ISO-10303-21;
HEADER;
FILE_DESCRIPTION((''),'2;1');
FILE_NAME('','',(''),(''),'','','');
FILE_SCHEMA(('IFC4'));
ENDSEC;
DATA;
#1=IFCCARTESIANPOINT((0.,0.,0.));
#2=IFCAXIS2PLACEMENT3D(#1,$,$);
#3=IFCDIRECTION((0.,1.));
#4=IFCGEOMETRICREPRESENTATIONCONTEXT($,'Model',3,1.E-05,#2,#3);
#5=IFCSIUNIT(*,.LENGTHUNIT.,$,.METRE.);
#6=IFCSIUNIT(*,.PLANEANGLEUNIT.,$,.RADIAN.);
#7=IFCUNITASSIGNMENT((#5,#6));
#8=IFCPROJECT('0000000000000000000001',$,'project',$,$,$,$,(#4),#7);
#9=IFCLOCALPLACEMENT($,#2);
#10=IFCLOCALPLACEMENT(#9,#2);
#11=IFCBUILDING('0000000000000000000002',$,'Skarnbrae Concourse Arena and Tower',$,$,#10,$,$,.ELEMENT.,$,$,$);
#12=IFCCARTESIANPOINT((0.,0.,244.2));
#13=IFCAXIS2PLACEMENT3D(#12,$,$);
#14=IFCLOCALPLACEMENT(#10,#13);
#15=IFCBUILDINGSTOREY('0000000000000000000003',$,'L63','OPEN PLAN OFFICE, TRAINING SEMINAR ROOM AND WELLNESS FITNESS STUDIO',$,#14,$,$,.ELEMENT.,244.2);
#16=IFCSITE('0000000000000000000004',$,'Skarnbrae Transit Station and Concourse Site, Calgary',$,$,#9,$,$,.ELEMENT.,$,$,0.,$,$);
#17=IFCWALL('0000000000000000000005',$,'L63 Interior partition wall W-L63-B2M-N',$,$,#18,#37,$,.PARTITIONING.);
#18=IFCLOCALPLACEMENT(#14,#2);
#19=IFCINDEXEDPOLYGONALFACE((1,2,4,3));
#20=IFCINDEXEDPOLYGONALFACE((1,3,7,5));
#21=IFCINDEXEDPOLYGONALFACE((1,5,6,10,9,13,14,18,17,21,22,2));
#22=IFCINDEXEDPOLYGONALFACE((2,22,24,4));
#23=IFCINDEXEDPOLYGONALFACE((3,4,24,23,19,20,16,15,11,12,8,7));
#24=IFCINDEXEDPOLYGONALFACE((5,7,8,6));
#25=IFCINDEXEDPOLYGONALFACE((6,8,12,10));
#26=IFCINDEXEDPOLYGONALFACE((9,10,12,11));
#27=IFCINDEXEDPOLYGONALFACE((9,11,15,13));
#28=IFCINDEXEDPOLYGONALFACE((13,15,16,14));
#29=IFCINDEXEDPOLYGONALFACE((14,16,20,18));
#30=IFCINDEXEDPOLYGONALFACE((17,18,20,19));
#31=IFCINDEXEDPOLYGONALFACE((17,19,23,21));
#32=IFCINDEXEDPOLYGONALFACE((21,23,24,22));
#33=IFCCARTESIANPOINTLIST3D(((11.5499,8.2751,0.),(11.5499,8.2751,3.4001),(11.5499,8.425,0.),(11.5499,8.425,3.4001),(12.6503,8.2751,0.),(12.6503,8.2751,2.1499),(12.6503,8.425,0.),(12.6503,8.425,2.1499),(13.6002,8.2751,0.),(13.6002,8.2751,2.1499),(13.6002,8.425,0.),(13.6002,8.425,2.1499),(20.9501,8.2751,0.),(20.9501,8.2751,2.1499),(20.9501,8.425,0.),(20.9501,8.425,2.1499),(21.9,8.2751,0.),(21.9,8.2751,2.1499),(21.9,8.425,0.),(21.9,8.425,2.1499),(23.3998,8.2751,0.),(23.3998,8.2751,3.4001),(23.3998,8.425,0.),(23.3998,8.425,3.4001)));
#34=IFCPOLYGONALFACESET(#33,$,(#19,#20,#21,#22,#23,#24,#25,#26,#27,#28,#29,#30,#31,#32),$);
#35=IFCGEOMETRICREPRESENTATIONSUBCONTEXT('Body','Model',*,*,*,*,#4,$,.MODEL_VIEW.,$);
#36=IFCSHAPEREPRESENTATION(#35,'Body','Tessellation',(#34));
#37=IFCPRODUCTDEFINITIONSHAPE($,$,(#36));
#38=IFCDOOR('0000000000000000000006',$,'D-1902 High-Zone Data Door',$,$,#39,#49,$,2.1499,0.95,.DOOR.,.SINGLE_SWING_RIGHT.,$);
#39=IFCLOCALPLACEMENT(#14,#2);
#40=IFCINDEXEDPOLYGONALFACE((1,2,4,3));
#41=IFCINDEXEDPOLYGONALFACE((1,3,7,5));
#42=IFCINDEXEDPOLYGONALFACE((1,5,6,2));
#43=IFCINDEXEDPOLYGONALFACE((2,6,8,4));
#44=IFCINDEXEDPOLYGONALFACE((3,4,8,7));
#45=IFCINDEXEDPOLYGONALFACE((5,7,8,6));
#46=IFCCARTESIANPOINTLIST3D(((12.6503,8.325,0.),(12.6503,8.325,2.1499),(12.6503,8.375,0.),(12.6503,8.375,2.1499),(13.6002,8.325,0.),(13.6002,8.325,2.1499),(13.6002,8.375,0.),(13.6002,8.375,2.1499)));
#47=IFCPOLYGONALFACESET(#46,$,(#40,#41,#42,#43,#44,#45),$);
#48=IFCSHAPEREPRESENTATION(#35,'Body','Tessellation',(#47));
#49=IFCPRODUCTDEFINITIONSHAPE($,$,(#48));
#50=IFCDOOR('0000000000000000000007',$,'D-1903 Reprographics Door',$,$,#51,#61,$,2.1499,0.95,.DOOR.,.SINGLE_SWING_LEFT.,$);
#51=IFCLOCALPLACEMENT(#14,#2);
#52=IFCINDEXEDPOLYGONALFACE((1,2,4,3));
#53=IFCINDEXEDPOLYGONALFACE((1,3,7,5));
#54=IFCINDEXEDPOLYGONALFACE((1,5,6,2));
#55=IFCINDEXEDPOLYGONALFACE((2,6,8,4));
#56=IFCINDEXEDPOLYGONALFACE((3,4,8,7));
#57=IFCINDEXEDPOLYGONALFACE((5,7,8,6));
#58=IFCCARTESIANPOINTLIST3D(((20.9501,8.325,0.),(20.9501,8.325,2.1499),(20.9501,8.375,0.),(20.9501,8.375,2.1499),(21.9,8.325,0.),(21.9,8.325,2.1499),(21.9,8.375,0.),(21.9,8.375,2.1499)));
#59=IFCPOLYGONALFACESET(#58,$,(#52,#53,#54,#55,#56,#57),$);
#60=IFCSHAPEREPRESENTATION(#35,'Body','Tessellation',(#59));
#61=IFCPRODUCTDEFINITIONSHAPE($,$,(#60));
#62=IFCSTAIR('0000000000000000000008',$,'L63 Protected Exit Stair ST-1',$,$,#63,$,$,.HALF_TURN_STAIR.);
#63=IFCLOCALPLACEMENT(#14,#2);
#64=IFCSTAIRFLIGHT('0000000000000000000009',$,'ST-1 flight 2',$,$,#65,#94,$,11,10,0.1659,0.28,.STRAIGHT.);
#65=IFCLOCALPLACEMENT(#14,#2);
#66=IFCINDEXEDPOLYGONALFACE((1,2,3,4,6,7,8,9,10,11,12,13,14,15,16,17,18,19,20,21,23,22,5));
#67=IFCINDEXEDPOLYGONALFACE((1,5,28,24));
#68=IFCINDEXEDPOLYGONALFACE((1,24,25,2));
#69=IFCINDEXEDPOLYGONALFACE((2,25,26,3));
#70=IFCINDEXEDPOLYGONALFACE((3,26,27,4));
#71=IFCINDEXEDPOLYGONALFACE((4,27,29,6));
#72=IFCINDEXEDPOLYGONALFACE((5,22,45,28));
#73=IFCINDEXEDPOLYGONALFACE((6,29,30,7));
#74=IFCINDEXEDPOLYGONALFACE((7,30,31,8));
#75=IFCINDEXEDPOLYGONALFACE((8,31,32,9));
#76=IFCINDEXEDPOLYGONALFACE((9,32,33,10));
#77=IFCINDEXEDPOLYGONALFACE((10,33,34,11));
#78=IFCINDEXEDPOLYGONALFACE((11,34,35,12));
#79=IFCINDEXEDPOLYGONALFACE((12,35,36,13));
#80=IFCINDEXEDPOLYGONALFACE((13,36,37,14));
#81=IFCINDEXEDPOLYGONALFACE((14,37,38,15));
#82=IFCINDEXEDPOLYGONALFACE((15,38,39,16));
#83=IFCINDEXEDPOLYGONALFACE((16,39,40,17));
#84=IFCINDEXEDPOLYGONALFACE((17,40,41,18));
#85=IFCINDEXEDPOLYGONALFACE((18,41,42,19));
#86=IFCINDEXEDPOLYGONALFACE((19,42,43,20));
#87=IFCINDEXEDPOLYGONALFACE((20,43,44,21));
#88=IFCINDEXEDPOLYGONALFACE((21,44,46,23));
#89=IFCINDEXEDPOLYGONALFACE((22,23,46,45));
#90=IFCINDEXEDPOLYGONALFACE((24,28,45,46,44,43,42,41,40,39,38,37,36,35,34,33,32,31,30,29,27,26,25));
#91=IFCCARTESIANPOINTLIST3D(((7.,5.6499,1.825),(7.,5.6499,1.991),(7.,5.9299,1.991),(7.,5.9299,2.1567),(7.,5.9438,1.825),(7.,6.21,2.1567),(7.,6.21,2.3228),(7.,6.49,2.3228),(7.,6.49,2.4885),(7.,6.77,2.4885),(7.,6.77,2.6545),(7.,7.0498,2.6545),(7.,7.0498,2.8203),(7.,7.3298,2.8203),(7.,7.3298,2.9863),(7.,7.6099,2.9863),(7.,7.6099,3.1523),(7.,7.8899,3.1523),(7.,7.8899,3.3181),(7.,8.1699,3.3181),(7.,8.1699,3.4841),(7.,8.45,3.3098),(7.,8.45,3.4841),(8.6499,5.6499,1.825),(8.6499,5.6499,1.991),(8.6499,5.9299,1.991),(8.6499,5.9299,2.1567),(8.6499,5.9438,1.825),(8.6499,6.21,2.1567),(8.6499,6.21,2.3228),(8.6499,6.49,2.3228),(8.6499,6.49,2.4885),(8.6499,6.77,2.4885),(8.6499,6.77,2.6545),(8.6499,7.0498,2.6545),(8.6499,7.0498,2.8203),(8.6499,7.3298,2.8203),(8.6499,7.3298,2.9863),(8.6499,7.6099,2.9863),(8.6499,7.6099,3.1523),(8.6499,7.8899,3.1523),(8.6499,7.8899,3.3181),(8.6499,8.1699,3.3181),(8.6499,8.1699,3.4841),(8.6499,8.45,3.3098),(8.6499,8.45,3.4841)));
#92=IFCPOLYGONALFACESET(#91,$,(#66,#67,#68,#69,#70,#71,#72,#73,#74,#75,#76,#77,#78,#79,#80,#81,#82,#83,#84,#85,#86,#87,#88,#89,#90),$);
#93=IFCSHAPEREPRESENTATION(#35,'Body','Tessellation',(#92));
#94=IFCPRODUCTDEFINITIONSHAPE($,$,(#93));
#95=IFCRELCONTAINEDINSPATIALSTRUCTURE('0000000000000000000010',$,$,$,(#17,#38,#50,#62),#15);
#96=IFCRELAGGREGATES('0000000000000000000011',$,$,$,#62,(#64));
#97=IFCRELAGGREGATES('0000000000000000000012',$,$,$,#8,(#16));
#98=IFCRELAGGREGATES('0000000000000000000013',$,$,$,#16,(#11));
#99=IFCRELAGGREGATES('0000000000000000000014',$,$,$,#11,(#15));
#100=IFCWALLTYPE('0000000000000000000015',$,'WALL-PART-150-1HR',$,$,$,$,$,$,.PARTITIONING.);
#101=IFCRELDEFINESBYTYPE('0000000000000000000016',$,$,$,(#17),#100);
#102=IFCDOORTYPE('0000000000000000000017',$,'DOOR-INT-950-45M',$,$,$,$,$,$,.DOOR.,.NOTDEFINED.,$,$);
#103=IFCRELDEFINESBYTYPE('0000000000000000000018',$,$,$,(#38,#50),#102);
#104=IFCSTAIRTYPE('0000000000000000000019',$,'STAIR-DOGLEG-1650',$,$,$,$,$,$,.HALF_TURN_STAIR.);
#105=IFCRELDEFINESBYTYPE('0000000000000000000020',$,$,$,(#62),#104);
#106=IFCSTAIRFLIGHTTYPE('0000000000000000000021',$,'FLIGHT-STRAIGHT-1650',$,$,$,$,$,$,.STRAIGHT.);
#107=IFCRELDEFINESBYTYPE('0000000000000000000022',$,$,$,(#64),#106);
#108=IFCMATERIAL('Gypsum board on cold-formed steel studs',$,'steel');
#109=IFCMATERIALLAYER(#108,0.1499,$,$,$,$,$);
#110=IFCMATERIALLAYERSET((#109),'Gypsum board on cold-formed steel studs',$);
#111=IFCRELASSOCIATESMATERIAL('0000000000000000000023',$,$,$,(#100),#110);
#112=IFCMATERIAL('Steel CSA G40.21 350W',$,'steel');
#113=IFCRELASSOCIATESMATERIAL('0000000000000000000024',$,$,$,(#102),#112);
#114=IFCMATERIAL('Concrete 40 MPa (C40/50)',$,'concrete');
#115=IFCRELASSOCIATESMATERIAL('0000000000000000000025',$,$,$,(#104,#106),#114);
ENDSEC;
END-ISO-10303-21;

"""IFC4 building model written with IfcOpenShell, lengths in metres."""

from ifc_helpers import new_model, si_unit, direction, frame, frame_2d, origin, place, context, subcontext, project, spatial, polyline, rectangle, outline, extrude, source, transform, mapped, material, layer, layer_set, type_object, element, fill, aggregate, save


model = new_model("IFC4")

# Units and contexts
model_context = context("Model", 3, precision=1e-05, world=origin(), true_north=direction((0.0, 1.0)))
body_context = subcontext(model_context, "Body", "Model", "MODEL_VIEW")
ifc_project = project(units=[si_unit("LENGTHUNIT", "METRE"), si_unit("PLANEANGLEUNIT", "RADIAN")], contexts=[model_context])

# Site, building, storey
site_placement = place(None, origin())
site = spatial("IfcSite", under=ifc_project, at=site_placement, Name="Skarnbrae Transit Station and Concourse Site, Calgary", CompositionType="ELEMENT", RefElevation=0.0)
building_placement = place(site_placement, origin())
building = spatial("IfcBuilding", under=site, at=building_placement, Name="Skarnbrae Concourse Arena and Tower", CompositionType="ELEMENT")
storey_placement = place(building_placement, frame((0.0, 0.0, 244.2)))
storey = spatial("IfcBuildingStorey", under=building, at=storey_placement, Name="L63", Description="OPEN PLAN OFFICE, TRAINING SEMINAR ROOM AND WELLNESS FITNESS STUDIO", CompositionType="ELEMENT", Elevation=244.2)

# Shared definitions
ifc_material_1 = material(Name="Gypsum board on cold-formed steel studs", Category="steel")

# Shared definitions
ifc_material_2 = material(Name="Steel CSA G40.21 350W", Category="steel")

# Shared definitions
ifc_layer_1 = layer(ifc_material_1, 0.1499)
ifc_layer_set_1 = layer_set([ifc_layer_1], Name="Gypsum board on cold-formed steel studs")
wall_type_1 = type_object("IfcWallType", Name="WALL-PART-150-1HR", PredefinedType="PARTITIONING", material=ifc_layer_set_1)

# Shared definitions
door_type_1 = type_object("IfcDoorType", Name="DOOR-INT-950-45M", OperationType="NOTDEFINED", PredefinedType="DOOR", material=ifc_material_2)
shared_shape_1 = source(origin(), body_context, "Body", "SweptSolid", [
    extrude(rectangle(XDim=0.95, YDim=2.1499, at=frame_2d((0.4751, 1.075))), frame((0.0, 0.0249, 0.0), z_axis=(0.0, -1.0, 0.0), x_axis=(1.0, 0.0, 0.0)), (0.0, 0.0, 1.0), 0.05),
])

# Shared definitions
shared_shape_2 = source(origin(), body_context, "Body", "SweptSolid", [
    extrude(rectangle(XDim=11.8499, YDim=0.1499, at=frame_2d((5.9248, 0.0))), origin(), (0.0, 0.0, 1.0), 3.4001),
])

# Wall, openings, doors
wall_1_placement = place(storey_placement, frame((11.55, 8.3501, 0.0), z_axis=(0.0, 0.0, 1.0), x_axis=(1.0, 0.0, 0.0)))
wall_1 = element("IfcWall", 1, at=wall_1_placement, inside=storey, type_object=wall_type_1, Name="L63 Interior partition wall W-L63-B2M-N", PredefinedType="PARTITIONING", context=body_context, shape_type="MappedRepresentation", body=[
    mapped(shared_shape_2, transform((0.0, 0.0, 0.0))),
])
opening_1_placement = place(wall_1_placement, frame((1.1001, 0.0, 0.0)))
opening_1 = element("IfcOpeningElement", 2, at=opening_1_placement, cuts=wall_1, PredefinedType="OPENING", context=body_context, shape_type="SweptSolid", body=[
    extrude(rectangle(XDim=0.95, YDim=2.1499, at=frame_2d((0.4751, 1.075))), frame((0.0, 0.085, 0.0), z_axis=(0.0, -1.0, 0.0), x_axis=(1.0, 0.0, 0.0)), (0.0, 0.0, 1.0), 0.1699),
])
opening_2_placement = place(wall_1_placement, frame((9.3999, 0.0, 0.0)))
opening_2 = element("IfcOpeningElement", 3, at=opening_2_placement, cuts=wall_1, PredefinedType="OPENING", context=body_context, shape_type="SweptSolid", body=[
    extrude(rectangle(XDim=0.95, YDim=2.1499, at=frame_2d((0.4751, 1.075))), frame((0.0, 0.085, 0.0), z_axis=(0.0, -1.0, 0.0), x_axis=(1.0, 0.0, 0.0)), (0.0, 0.0, 1.0), 0.1699),
])
door_1_placement = place(opening_1_placement, origin())
door_1 = element("IfcDoor", 4, at=door_1_placement, inside=storey, type_object=door_type_1, Name="D-1902 High-Zone Data Door", OperationType="SINGLE_SWING_RIGHT", OverallHeight=2.1499, OverallWidth=0.95, PredefinedType="DOOR", context=body_context, shape_type="MappedRepresentation", body=[
    mapped(shared_shape_1, transform((0.0, 0.0, 0.0))),
])
fill(opening_1, door_1)
door_2_placement = place(opening_2_placement, origin())
door_2 = element("IfcDoor", 5, at=door_2_placement, inside=storey, type_object=door_type_1, Name="D-1903 Reprographics Door", OperationType="SINGLE_SWING_LEFT", OverallHeight=2.1499, OverallWidth=0.95, PredefinedType="DOOR", context=body_context, shape_type="MappedRepresentation", body=[
    mapped(shared_shape_1, transform((0.0, 0.0, 0.0))),
])
fill(opening_2, door_2)

# Stair, stair flight
ifc_material_3 = material(Name="Concrete 40 MPa (C40/50)", Category="concrete")
stair_type = type_object("IfcStairType", Name="STAIR-DOGLEG-1650", PredefinedType="HALF_TURN_STAIR", material=ifc_material_3)
stair_placement = place(storey_placement, origin())
stair = element("IfcStair", 6, at=stair_placement, inside=storey, type_object=stair_type, Name="L63 Protected Exit Stair ST-1", PredefinedType="HALF_TURN_STAIR")
stair_flight_type = type_object("IfcStairFlightType", Name="FLIGHT-STRAIGHT-1650", PredefinedType="STRAIGHT", material=ifc_material_3)
shared_shape_3 = source(origin(), body_context, "Body", "SweptSolid", [
    extrude(outline(polyline([(0.0, 0.0), (0.0, 0.166), (0.28, 0.166), (0.28, 0.3318), (0.5601, 0.3318), (0.5601, 0.4978), (0.8401, 0.4978), (0.8401, 0.6636), (1.1201, 0.6636), (1.1201, 0.8296), (1.3999, 0.8296), (1.3999, 0.9954), (1.6799, 0.9954), (1.6799, 1.1614), (1.96, 1.1614), (1.96, 1.3274), (2.24, 1.3274), (2.24, 1.4932), (2.52, 1.4932), (2.52, 1.6592), (2.8, 1.6592), (2.8, 1.825), (2.8, 1.4849), (0.2939, 0.0), (0.0, 0.0)])), frame((0.0, 0.825, 0.0), z_axis=(0.0, -1.0, 0.0), x_axis=(1.0, 0.0, 0.0)), (0.0, 0.0, 1.0), 1.6499),
])
stair_flight_placement = place(storey_placement, frame((7.825, 5.6499, 1.825), z_axis=(0.0, 0.0, 1.0), x_axis=(0.0, 1.0, 0.0)))
stair_flight = element("IfcStairFlight", 7, at=stair_flight_placement, type_object=stair_flight_type, Name="ST-1 flight 2", NumberOfRisers=11, NumberOfTreads=10, PredefinedType="STRAIGHT", RiserHeight=0.1659, TreadLength=0.28, context=body_context, shape_type="MappedRepresentation", body=[
    mapped(shared_shape_3, transform((0.0, 0.0, 0.0))),
])
aggregate(stair, [stair_flight])

save(model, "model.ifc")
